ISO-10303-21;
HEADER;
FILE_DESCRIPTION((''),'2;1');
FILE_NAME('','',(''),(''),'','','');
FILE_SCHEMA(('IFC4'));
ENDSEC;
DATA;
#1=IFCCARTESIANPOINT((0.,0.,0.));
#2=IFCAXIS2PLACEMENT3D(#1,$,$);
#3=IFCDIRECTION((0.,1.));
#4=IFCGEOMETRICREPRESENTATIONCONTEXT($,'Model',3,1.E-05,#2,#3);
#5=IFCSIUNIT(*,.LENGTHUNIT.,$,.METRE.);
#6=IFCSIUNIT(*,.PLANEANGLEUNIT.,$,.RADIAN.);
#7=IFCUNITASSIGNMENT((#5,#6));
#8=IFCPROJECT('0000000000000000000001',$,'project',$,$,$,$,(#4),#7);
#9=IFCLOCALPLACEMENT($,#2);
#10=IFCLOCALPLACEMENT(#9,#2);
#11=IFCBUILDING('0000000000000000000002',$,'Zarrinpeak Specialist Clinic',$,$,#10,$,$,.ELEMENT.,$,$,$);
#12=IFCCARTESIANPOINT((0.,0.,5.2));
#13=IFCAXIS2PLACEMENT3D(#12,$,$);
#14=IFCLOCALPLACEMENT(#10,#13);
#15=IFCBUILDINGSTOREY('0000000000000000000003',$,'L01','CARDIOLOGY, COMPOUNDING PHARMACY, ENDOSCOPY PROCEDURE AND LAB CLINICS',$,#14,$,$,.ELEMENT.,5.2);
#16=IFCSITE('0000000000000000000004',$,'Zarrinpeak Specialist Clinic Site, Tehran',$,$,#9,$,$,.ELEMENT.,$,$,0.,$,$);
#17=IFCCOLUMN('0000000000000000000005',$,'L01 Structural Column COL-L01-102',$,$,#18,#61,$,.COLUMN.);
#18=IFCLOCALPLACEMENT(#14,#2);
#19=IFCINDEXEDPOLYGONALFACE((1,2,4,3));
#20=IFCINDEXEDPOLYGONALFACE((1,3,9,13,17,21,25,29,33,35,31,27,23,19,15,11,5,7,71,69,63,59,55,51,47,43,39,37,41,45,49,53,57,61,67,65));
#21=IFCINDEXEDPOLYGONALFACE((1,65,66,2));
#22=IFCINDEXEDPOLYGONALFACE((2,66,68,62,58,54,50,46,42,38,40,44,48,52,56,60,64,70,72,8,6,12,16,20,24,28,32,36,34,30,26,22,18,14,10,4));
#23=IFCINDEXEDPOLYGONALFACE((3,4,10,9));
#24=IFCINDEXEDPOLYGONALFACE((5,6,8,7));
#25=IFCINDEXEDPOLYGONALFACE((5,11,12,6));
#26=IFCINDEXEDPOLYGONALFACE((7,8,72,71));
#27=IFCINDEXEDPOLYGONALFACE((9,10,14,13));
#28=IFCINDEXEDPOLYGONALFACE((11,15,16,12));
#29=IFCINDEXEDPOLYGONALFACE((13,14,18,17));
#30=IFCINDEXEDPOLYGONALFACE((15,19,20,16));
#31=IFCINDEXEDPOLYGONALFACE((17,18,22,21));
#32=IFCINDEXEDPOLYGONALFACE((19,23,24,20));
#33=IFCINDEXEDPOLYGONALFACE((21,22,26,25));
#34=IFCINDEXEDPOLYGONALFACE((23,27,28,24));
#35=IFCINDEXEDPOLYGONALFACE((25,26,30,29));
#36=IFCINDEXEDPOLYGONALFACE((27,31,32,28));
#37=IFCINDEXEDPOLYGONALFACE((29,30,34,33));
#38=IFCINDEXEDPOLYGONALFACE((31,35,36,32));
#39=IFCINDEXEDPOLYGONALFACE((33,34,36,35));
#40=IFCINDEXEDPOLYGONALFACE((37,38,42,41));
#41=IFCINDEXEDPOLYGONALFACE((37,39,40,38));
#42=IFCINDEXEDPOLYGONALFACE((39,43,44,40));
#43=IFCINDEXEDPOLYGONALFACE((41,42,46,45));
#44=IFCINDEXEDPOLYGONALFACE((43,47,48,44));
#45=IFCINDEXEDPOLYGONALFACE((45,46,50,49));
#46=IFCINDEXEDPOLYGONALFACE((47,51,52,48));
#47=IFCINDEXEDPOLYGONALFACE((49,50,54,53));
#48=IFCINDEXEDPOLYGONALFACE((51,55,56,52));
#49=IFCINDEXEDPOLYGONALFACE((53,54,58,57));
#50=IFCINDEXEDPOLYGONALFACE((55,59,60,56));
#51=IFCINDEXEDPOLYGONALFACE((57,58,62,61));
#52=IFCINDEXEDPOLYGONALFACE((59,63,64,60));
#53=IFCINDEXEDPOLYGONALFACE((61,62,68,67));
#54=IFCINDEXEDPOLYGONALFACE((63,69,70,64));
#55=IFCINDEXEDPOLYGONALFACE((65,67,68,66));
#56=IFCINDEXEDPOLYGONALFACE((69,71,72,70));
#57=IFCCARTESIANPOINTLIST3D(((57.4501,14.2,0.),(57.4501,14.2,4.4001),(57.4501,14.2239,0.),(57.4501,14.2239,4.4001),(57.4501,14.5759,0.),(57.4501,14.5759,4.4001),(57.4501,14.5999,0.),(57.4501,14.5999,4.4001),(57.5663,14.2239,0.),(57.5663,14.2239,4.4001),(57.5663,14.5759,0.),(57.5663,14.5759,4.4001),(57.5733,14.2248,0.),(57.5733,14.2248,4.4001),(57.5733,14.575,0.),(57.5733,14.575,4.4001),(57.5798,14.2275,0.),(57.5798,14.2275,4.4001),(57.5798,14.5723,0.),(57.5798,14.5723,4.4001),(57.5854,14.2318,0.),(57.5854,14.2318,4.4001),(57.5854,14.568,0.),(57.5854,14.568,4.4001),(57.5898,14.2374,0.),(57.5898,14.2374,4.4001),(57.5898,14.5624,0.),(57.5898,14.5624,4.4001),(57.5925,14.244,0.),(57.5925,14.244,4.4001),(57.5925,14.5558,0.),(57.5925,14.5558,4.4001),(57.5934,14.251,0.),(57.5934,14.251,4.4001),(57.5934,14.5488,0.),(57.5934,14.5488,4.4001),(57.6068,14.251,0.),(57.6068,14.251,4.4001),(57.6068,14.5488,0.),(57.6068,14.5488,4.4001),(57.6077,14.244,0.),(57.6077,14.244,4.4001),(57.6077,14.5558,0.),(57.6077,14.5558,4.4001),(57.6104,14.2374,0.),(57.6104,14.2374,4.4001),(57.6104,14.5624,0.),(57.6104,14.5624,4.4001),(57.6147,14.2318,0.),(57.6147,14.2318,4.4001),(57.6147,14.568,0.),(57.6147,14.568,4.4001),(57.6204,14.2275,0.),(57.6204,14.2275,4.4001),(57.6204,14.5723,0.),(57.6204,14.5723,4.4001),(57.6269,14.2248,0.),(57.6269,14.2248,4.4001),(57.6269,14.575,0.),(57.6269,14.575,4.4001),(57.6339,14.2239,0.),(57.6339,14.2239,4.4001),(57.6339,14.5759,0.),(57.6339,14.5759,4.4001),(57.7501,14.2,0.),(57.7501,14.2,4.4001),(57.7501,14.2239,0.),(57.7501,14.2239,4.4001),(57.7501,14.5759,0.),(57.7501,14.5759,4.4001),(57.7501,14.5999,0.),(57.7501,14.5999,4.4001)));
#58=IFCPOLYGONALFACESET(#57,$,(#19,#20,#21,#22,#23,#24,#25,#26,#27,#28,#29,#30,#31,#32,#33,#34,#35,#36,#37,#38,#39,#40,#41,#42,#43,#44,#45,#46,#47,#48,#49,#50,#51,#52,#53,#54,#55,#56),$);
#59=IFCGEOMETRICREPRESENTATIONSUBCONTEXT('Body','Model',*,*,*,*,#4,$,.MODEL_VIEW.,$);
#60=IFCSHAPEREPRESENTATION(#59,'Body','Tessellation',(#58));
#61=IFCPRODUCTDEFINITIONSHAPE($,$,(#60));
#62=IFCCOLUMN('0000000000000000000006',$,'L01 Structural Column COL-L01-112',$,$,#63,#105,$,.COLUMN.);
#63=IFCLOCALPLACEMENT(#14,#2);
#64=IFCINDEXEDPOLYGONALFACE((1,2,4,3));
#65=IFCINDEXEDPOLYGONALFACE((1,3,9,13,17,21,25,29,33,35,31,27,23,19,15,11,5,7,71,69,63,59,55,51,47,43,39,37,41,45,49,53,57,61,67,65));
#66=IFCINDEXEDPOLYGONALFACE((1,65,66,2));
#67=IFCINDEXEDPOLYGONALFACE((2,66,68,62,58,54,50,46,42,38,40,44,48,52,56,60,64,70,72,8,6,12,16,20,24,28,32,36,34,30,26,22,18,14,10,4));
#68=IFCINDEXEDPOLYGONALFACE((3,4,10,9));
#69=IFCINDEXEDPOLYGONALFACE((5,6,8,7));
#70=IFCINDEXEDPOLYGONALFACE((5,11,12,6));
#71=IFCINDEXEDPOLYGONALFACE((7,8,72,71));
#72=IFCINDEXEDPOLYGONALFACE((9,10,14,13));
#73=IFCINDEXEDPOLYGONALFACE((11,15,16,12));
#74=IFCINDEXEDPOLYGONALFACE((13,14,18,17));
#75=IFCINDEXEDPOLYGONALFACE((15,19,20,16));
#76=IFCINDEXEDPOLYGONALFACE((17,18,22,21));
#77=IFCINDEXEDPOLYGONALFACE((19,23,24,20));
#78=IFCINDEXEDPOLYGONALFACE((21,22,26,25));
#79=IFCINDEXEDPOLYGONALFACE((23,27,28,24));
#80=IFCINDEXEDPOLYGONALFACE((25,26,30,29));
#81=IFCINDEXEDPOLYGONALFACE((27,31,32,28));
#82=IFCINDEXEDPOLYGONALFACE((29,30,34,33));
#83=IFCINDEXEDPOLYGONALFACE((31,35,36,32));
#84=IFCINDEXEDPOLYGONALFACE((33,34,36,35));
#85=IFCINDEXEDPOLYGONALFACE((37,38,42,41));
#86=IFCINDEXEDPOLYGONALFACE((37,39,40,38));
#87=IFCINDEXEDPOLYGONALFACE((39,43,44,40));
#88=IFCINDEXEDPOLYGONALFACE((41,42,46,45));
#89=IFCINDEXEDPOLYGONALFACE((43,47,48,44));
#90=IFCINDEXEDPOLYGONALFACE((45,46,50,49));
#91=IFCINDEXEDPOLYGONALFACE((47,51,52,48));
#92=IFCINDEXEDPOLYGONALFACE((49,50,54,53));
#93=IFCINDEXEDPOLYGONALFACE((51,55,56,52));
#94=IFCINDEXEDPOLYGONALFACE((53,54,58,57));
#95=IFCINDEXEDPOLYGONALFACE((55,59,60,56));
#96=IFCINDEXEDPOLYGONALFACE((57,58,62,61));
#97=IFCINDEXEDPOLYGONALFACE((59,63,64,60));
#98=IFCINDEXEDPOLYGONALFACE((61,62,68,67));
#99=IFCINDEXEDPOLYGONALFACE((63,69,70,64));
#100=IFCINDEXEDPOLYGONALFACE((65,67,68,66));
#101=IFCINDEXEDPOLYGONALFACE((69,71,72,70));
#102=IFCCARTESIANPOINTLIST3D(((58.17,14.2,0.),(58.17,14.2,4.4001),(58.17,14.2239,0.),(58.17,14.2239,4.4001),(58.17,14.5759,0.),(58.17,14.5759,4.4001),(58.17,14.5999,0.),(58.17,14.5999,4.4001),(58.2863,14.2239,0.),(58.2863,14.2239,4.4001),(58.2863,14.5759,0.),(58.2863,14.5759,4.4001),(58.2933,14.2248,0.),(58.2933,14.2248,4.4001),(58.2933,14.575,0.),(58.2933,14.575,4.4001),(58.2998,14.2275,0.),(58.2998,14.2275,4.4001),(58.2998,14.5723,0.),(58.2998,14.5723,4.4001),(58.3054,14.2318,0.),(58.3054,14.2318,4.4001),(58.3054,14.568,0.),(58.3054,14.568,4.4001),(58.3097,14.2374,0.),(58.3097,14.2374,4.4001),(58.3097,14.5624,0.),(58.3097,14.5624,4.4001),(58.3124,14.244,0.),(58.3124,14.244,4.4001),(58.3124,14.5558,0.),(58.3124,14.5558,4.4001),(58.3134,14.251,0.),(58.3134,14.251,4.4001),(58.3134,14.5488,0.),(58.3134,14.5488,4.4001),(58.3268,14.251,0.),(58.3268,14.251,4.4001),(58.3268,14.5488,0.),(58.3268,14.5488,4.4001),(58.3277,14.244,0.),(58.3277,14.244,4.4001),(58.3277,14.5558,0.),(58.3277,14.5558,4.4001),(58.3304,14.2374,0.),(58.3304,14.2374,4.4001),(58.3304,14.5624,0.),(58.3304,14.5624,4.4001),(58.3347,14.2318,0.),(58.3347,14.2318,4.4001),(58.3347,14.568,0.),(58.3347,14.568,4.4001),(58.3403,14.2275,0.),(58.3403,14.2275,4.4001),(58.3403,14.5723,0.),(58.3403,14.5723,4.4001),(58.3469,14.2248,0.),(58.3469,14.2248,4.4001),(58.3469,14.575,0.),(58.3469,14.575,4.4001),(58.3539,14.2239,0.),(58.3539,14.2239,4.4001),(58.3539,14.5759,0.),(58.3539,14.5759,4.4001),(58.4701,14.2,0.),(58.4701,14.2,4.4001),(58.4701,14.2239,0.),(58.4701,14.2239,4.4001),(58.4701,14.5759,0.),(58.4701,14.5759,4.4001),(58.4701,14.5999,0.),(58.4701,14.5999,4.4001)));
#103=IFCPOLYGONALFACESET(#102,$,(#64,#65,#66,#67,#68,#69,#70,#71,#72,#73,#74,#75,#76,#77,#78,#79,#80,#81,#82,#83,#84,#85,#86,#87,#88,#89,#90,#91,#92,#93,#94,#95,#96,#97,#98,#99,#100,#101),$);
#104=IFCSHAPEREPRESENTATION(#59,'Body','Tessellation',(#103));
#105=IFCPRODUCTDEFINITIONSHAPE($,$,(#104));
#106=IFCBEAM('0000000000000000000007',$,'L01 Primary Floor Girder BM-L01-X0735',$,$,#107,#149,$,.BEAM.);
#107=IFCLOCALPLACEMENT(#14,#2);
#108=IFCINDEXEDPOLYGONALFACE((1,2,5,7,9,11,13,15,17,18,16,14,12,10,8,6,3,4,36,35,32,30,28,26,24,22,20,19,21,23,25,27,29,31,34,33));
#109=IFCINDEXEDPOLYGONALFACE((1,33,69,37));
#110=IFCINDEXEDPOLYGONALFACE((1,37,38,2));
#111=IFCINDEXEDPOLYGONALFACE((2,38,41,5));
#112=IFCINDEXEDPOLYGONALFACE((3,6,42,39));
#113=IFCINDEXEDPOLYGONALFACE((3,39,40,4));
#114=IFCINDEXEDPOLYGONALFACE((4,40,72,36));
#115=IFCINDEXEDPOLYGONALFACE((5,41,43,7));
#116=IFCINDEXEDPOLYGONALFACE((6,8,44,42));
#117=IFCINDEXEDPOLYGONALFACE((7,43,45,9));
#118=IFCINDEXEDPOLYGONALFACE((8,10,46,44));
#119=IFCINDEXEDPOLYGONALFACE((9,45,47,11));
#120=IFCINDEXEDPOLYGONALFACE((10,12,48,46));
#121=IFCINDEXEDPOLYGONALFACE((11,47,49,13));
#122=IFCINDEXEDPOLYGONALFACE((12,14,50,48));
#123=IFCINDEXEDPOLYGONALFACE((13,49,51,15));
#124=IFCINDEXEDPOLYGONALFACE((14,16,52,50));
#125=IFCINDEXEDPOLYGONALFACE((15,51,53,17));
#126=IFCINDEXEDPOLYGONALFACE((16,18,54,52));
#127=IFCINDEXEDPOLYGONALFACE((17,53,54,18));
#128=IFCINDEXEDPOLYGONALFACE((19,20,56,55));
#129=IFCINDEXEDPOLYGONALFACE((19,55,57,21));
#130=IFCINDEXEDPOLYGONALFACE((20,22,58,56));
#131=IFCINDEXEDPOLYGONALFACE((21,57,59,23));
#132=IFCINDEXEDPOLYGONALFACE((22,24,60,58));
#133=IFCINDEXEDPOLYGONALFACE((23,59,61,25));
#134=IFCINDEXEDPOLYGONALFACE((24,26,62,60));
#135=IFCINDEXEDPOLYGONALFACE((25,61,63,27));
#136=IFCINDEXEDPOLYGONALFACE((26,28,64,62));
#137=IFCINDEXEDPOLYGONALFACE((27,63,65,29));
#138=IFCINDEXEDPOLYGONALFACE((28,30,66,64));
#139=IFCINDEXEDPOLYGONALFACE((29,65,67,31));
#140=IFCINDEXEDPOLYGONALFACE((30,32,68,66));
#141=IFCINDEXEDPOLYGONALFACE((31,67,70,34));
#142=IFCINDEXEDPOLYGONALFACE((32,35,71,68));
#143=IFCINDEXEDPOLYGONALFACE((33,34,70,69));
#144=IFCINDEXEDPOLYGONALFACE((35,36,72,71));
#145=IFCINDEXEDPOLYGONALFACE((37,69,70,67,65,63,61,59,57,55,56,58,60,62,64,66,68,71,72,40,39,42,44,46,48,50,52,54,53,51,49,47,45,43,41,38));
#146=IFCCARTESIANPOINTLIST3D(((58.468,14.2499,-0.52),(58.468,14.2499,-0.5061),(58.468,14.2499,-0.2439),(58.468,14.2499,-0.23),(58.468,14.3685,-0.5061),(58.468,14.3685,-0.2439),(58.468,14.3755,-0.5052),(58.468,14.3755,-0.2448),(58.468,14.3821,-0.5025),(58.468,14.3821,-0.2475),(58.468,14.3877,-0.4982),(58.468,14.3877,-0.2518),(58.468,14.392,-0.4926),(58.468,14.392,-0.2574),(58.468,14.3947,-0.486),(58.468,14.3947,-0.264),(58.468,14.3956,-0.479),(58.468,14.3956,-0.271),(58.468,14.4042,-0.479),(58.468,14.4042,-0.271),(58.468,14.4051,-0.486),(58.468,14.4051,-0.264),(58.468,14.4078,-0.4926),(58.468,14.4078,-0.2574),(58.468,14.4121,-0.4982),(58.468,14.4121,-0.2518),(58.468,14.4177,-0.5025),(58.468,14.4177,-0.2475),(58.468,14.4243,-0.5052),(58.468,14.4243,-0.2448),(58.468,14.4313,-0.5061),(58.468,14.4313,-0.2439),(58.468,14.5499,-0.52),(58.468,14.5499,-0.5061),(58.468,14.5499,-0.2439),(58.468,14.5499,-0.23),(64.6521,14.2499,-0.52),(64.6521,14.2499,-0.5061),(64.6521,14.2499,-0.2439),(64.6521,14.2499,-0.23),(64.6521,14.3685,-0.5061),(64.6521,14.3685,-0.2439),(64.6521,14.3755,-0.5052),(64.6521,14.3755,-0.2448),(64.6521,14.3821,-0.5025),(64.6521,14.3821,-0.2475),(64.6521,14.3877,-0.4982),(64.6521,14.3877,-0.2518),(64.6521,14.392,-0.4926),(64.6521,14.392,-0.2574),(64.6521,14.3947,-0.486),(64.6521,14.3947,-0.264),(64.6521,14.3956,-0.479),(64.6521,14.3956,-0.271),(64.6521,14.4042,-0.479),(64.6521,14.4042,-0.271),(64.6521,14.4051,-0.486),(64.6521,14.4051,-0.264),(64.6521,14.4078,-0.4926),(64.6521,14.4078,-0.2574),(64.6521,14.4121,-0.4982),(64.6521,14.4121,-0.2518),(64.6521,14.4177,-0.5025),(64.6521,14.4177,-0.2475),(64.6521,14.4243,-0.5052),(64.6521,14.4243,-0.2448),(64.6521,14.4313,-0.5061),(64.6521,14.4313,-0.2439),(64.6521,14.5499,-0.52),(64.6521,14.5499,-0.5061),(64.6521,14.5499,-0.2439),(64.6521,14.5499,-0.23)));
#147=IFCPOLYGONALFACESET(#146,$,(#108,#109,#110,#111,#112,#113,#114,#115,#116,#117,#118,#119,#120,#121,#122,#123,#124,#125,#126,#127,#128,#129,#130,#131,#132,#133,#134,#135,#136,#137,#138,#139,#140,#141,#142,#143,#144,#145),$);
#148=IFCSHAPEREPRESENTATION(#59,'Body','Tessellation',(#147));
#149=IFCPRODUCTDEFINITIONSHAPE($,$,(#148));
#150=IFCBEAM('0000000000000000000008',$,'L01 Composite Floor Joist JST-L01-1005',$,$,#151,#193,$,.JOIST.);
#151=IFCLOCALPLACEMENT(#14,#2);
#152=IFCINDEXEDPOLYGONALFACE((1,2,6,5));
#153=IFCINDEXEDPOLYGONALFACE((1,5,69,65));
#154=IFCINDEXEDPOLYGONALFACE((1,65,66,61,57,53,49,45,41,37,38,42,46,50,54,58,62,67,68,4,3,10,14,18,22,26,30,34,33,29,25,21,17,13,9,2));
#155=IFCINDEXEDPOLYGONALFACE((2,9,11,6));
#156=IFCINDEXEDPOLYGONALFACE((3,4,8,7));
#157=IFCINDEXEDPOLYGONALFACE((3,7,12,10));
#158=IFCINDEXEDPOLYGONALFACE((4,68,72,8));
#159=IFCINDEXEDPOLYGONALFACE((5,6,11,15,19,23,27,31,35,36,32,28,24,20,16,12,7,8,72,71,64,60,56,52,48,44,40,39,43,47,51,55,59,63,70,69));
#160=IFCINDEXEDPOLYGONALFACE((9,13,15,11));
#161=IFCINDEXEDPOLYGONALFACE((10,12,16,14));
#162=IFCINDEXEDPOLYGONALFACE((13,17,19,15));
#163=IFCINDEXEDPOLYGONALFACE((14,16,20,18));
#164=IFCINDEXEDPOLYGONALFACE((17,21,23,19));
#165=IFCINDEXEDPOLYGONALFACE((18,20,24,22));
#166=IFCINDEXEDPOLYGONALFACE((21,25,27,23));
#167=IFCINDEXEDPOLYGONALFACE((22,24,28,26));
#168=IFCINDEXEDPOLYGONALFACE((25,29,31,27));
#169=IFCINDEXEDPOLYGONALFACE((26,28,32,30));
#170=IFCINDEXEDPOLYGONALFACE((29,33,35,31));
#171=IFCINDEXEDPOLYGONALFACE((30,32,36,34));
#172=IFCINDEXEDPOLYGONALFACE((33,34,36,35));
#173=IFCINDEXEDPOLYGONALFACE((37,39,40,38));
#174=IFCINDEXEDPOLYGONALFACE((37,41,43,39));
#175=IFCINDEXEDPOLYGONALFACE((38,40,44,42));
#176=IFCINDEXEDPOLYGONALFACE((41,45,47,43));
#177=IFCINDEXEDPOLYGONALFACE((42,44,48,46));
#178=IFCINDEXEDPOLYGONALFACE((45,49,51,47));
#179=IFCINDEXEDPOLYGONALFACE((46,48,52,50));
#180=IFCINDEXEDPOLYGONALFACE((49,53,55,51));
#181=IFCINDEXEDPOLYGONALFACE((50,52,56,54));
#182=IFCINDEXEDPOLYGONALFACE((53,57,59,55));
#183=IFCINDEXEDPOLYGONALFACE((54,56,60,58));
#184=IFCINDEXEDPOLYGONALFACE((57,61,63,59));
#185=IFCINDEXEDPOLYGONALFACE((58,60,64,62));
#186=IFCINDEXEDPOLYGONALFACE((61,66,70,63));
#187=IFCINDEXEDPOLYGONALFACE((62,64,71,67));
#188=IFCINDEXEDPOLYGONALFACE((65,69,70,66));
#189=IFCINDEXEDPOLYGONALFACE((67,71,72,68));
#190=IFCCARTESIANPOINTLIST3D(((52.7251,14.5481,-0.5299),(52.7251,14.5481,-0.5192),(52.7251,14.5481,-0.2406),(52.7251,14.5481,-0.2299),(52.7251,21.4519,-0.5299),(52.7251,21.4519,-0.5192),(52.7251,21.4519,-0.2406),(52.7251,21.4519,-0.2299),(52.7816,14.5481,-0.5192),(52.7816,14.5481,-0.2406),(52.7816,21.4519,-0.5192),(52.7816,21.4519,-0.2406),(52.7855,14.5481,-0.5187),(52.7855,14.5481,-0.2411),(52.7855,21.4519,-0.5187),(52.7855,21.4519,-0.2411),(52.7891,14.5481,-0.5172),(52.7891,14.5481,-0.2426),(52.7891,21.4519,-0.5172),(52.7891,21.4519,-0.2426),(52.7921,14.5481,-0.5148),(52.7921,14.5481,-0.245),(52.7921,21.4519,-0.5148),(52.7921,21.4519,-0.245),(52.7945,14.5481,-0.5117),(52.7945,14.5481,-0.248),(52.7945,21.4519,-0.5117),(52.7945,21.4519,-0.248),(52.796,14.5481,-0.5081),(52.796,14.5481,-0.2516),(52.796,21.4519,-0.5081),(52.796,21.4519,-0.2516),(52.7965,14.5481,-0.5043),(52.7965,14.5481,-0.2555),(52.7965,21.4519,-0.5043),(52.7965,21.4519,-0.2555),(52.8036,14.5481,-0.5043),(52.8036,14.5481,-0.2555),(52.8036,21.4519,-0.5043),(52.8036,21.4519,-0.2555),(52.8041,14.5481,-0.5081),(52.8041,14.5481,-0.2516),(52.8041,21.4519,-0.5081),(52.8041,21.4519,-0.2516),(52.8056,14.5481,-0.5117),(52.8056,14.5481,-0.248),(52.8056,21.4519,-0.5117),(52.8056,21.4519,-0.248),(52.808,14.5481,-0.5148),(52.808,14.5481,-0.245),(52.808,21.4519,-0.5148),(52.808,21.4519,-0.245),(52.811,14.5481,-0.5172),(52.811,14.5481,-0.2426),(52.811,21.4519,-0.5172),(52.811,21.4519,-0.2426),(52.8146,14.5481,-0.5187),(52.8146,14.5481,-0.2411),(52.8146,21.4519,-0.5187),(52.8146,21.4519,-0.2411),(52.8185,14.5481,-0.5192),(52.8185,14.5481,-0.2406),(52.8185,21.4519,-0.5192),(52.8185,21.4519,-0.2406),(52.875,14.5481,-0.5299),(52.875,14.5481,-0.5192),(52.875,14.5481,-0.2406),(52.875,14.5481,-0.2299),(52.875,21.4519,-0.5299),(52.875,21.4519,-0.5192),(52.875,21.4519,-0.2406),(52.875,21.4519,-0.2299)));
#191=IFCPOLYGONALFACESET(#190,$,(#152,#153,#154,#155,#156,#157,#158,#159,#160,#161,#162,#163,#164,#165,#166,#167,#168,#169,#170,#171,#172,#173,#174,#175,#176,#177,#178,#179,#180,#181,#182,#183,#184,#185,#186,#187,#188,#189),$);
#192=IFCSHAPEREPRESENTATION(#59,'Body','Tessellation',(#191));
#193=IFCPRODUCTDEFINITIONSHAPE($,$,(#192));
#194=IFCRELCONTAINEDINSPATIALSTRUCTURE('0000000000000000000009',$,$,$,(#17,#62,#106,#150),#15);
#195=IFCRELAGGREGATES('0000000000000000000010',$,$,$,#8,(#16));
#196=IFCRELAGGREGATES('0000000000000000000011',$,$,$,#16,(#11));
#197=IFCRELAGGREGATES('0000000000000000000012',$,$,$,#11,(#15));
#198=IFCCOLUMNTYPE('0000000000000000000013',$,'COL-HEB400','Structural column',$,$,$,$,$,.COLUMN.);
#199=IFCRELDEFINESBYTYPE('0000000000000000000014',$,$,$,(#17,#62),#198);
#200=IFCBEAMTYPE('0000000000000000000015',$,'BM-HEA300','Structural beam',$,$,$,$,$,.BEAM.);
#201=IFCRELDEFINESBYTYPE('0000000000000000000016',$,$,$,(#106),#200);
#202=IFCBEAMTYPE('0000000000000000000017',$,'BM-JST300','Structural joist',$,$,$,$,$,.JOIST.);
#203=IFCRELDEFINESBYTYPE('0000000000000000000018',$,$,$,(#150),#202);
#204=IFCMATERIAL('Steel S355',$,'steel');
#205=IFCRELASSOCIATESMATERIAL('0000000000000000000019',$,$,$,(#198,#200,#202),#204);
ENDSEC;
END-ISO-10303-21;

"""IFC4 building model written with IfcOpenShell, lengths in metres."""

from ifc_helpers import new_model, si_unit, direction, frame, origin, origin_2d, place, context, subcontext, project, spatial, i_section, extrude, material, material_profile, profile_set, type_object, element, save


model = new_model("IFC4")

# Units and contexts
model_context = context("Model", 3, precision=1e-05, world=origin(), true_north=direction((0.0, 1.0)))
body_context = subcontext(model_context, "Body", "Model", "MODEL_VIEW")
ifc_project = project(units=[si_unit("LENGTHUNIT", "METRE"), si_unit("PLANEANGLEUNIT", "RADIAN")], contexts=[model_context])

# Site, building, storey
site_placement = place(None, origin())
site = spatial("IfcSite", under=ifc_project, at=site_placement, Name="Zarrinpeak Specialist Clinic Site, Tehran", CompositionType="ELEMENT", RefElevation=0.0)
building_placement = place(site_placement, origin())
building = spatial("IfcBuilding", under=site, at=building_placement, Name="Zarrinpeak Specialist Clinic", CompositionType="ELEMENT")
storey_placement = place(building_placement, frame((0.0, 0.0, 5.2)))
storey = spatial("IfcBuildingStorey", under=building, at=storey_placement, Name="L01", Description="CARDIOLOGY, COMPOUNDING PHARMACY, ENDOSCOPY PROCEDURE AND LAB CLINICS", CompositionType="ELEMENT", Elevation=5.2)

# Columns
ifc_material_1 = material(Name="Steel S355", Category="steel")
ifc_material_profile_1 = material_profile(ifc_material_1, i_section(OverallWidth=0.3, OverallDepth=0.3999, WebThickness=0.0134, FlangeThickness=0.0239, FilletRadius=0.0271, at=origin_2d()), Name="HEB 400")
ifc_profile_set_1 = profile_set([ifc_material_profile_1], Name="Steel S355")
column_type = type_object("IfcColumnType", Name="COL-HEB400", Description="Structural column", PredefinedType="COLUMN", material=ifc_profile_set_1)
for number, where, z_axis, x_axis, name in (
    (1, (57.6001, 14.3999, 0.0), (0.0, 0.0, 1.0), (1.0, 0.0, 0.0), "L01 Structural Column COL-L01-102"),
    (2, (58.3201, 14.3999, 0.0), (0.0, 0.0, 1.0), (1.0, 0.0, 0.0), "L01 Structural Column COL-L01-112"),
):
    element("IfcColumn", number, at=place(storey_placement, frame(where, z_axis=z_axis, x_axis=x_axis)), inside=storey, type_object=column_type, Name=name, PredefinedType="COLUMN", context=body_context, shape_type="SweptSolid", body=[
        extrude(i_section(OverallWidth=0.3, OverallDepth=0.3999, WebThickness=0.0134, FlangeThickness=0.0239, FilletRadius=0.0271, at=origin_2d()), origin(), (0.0, 0.0, 1.0), 4.4001),
    ])

# Beams
ifc_material_profile_2 = material_profile(ifc_material_1, i_section(OverallWidth=0.3, OverallDepth=0.29, WebThickness=0.0085, FlangeThickness=0.0139, FilletRadius=0.0271, at=origin_2d()), Name="HEA 300")
ifc_profile_set_2 = profile_set([ifc_material_profile_2], Name="Steel S355")
beam_type_1 = type_object("IfcBeamType", Name="BM-HEA300", Description="Structural beam", PredefinedType="BEAM", material=ifc_profile_set_2)
beam_placement = place(storey_placement, frame((58.468, 14.3999, -0.375), z_axis=(1.0, 0.0, 0.0), x_axis=(0.0, 1.0, 0.0)))
element("IfcBeam", 3, at=beam_placement, inside=storey, type_object=beam_type_1, Name="L01 Primary Floor Girder BM-L01-X0735", PredefinedType="BEAM", context=body_context, shape_type="SweptSolid", body=[
    extrude(i_section(OverallWidth=0.3, OverallDepth=0.29, WebThickness=0.0085, FlangeThickness=0.0139, FilletRadius=0.0271, at=origin_2d()), origin(), (0.0, 0.0, 1.0), 6.1841),
])
ifc_material_profile_3 = material_profile(ifc_material_1, i_section(OverallWidth=0.1499, OverallDepth=0.3, WebThickness=0.0071, FlangeThickness=0.0107, FilletRadius=0.0149, at=origin_2d()), Name="IPE 300")
ifc_profile_set_3 = profile_set([ifc_material_profile_3], Name="Steel S355")
beam_type_2 = type_object("IfcBeamType", Name="BM-JST300", Description="Structural joist", PredefinedType="JOIST", material=ifc_profile_set_3)
for number, where, z_axis, x_axis, name in (
    (4, (52.8, 14.5481, -0.3799), (0.0, 1.0, 0.0), (-1.0, 0.0, 0.0), "L01 Composite Floor Joist JST-L01-1005"),
):
    element("IfcBeam", number, at=place(storey_placement, frame(where, z_axis=z_axis, x_axis=x_axis)), inside=storey, type_object=beam_type_2, Name=name, PredefinedType="JOIST", context=body_context, shape_type="SweptSolid", body=[
        extrude(i_section(OverallWidth=0.1499, OverallDepth=0.3, WebThickness=0.0071, FlangeThickness=0.0107, FilletRadius=0.0149, at=origin_2d()), origin(), (0.0, 0.0, 1.0), 6.9038),
    ])

save(model, "model.ifc")
